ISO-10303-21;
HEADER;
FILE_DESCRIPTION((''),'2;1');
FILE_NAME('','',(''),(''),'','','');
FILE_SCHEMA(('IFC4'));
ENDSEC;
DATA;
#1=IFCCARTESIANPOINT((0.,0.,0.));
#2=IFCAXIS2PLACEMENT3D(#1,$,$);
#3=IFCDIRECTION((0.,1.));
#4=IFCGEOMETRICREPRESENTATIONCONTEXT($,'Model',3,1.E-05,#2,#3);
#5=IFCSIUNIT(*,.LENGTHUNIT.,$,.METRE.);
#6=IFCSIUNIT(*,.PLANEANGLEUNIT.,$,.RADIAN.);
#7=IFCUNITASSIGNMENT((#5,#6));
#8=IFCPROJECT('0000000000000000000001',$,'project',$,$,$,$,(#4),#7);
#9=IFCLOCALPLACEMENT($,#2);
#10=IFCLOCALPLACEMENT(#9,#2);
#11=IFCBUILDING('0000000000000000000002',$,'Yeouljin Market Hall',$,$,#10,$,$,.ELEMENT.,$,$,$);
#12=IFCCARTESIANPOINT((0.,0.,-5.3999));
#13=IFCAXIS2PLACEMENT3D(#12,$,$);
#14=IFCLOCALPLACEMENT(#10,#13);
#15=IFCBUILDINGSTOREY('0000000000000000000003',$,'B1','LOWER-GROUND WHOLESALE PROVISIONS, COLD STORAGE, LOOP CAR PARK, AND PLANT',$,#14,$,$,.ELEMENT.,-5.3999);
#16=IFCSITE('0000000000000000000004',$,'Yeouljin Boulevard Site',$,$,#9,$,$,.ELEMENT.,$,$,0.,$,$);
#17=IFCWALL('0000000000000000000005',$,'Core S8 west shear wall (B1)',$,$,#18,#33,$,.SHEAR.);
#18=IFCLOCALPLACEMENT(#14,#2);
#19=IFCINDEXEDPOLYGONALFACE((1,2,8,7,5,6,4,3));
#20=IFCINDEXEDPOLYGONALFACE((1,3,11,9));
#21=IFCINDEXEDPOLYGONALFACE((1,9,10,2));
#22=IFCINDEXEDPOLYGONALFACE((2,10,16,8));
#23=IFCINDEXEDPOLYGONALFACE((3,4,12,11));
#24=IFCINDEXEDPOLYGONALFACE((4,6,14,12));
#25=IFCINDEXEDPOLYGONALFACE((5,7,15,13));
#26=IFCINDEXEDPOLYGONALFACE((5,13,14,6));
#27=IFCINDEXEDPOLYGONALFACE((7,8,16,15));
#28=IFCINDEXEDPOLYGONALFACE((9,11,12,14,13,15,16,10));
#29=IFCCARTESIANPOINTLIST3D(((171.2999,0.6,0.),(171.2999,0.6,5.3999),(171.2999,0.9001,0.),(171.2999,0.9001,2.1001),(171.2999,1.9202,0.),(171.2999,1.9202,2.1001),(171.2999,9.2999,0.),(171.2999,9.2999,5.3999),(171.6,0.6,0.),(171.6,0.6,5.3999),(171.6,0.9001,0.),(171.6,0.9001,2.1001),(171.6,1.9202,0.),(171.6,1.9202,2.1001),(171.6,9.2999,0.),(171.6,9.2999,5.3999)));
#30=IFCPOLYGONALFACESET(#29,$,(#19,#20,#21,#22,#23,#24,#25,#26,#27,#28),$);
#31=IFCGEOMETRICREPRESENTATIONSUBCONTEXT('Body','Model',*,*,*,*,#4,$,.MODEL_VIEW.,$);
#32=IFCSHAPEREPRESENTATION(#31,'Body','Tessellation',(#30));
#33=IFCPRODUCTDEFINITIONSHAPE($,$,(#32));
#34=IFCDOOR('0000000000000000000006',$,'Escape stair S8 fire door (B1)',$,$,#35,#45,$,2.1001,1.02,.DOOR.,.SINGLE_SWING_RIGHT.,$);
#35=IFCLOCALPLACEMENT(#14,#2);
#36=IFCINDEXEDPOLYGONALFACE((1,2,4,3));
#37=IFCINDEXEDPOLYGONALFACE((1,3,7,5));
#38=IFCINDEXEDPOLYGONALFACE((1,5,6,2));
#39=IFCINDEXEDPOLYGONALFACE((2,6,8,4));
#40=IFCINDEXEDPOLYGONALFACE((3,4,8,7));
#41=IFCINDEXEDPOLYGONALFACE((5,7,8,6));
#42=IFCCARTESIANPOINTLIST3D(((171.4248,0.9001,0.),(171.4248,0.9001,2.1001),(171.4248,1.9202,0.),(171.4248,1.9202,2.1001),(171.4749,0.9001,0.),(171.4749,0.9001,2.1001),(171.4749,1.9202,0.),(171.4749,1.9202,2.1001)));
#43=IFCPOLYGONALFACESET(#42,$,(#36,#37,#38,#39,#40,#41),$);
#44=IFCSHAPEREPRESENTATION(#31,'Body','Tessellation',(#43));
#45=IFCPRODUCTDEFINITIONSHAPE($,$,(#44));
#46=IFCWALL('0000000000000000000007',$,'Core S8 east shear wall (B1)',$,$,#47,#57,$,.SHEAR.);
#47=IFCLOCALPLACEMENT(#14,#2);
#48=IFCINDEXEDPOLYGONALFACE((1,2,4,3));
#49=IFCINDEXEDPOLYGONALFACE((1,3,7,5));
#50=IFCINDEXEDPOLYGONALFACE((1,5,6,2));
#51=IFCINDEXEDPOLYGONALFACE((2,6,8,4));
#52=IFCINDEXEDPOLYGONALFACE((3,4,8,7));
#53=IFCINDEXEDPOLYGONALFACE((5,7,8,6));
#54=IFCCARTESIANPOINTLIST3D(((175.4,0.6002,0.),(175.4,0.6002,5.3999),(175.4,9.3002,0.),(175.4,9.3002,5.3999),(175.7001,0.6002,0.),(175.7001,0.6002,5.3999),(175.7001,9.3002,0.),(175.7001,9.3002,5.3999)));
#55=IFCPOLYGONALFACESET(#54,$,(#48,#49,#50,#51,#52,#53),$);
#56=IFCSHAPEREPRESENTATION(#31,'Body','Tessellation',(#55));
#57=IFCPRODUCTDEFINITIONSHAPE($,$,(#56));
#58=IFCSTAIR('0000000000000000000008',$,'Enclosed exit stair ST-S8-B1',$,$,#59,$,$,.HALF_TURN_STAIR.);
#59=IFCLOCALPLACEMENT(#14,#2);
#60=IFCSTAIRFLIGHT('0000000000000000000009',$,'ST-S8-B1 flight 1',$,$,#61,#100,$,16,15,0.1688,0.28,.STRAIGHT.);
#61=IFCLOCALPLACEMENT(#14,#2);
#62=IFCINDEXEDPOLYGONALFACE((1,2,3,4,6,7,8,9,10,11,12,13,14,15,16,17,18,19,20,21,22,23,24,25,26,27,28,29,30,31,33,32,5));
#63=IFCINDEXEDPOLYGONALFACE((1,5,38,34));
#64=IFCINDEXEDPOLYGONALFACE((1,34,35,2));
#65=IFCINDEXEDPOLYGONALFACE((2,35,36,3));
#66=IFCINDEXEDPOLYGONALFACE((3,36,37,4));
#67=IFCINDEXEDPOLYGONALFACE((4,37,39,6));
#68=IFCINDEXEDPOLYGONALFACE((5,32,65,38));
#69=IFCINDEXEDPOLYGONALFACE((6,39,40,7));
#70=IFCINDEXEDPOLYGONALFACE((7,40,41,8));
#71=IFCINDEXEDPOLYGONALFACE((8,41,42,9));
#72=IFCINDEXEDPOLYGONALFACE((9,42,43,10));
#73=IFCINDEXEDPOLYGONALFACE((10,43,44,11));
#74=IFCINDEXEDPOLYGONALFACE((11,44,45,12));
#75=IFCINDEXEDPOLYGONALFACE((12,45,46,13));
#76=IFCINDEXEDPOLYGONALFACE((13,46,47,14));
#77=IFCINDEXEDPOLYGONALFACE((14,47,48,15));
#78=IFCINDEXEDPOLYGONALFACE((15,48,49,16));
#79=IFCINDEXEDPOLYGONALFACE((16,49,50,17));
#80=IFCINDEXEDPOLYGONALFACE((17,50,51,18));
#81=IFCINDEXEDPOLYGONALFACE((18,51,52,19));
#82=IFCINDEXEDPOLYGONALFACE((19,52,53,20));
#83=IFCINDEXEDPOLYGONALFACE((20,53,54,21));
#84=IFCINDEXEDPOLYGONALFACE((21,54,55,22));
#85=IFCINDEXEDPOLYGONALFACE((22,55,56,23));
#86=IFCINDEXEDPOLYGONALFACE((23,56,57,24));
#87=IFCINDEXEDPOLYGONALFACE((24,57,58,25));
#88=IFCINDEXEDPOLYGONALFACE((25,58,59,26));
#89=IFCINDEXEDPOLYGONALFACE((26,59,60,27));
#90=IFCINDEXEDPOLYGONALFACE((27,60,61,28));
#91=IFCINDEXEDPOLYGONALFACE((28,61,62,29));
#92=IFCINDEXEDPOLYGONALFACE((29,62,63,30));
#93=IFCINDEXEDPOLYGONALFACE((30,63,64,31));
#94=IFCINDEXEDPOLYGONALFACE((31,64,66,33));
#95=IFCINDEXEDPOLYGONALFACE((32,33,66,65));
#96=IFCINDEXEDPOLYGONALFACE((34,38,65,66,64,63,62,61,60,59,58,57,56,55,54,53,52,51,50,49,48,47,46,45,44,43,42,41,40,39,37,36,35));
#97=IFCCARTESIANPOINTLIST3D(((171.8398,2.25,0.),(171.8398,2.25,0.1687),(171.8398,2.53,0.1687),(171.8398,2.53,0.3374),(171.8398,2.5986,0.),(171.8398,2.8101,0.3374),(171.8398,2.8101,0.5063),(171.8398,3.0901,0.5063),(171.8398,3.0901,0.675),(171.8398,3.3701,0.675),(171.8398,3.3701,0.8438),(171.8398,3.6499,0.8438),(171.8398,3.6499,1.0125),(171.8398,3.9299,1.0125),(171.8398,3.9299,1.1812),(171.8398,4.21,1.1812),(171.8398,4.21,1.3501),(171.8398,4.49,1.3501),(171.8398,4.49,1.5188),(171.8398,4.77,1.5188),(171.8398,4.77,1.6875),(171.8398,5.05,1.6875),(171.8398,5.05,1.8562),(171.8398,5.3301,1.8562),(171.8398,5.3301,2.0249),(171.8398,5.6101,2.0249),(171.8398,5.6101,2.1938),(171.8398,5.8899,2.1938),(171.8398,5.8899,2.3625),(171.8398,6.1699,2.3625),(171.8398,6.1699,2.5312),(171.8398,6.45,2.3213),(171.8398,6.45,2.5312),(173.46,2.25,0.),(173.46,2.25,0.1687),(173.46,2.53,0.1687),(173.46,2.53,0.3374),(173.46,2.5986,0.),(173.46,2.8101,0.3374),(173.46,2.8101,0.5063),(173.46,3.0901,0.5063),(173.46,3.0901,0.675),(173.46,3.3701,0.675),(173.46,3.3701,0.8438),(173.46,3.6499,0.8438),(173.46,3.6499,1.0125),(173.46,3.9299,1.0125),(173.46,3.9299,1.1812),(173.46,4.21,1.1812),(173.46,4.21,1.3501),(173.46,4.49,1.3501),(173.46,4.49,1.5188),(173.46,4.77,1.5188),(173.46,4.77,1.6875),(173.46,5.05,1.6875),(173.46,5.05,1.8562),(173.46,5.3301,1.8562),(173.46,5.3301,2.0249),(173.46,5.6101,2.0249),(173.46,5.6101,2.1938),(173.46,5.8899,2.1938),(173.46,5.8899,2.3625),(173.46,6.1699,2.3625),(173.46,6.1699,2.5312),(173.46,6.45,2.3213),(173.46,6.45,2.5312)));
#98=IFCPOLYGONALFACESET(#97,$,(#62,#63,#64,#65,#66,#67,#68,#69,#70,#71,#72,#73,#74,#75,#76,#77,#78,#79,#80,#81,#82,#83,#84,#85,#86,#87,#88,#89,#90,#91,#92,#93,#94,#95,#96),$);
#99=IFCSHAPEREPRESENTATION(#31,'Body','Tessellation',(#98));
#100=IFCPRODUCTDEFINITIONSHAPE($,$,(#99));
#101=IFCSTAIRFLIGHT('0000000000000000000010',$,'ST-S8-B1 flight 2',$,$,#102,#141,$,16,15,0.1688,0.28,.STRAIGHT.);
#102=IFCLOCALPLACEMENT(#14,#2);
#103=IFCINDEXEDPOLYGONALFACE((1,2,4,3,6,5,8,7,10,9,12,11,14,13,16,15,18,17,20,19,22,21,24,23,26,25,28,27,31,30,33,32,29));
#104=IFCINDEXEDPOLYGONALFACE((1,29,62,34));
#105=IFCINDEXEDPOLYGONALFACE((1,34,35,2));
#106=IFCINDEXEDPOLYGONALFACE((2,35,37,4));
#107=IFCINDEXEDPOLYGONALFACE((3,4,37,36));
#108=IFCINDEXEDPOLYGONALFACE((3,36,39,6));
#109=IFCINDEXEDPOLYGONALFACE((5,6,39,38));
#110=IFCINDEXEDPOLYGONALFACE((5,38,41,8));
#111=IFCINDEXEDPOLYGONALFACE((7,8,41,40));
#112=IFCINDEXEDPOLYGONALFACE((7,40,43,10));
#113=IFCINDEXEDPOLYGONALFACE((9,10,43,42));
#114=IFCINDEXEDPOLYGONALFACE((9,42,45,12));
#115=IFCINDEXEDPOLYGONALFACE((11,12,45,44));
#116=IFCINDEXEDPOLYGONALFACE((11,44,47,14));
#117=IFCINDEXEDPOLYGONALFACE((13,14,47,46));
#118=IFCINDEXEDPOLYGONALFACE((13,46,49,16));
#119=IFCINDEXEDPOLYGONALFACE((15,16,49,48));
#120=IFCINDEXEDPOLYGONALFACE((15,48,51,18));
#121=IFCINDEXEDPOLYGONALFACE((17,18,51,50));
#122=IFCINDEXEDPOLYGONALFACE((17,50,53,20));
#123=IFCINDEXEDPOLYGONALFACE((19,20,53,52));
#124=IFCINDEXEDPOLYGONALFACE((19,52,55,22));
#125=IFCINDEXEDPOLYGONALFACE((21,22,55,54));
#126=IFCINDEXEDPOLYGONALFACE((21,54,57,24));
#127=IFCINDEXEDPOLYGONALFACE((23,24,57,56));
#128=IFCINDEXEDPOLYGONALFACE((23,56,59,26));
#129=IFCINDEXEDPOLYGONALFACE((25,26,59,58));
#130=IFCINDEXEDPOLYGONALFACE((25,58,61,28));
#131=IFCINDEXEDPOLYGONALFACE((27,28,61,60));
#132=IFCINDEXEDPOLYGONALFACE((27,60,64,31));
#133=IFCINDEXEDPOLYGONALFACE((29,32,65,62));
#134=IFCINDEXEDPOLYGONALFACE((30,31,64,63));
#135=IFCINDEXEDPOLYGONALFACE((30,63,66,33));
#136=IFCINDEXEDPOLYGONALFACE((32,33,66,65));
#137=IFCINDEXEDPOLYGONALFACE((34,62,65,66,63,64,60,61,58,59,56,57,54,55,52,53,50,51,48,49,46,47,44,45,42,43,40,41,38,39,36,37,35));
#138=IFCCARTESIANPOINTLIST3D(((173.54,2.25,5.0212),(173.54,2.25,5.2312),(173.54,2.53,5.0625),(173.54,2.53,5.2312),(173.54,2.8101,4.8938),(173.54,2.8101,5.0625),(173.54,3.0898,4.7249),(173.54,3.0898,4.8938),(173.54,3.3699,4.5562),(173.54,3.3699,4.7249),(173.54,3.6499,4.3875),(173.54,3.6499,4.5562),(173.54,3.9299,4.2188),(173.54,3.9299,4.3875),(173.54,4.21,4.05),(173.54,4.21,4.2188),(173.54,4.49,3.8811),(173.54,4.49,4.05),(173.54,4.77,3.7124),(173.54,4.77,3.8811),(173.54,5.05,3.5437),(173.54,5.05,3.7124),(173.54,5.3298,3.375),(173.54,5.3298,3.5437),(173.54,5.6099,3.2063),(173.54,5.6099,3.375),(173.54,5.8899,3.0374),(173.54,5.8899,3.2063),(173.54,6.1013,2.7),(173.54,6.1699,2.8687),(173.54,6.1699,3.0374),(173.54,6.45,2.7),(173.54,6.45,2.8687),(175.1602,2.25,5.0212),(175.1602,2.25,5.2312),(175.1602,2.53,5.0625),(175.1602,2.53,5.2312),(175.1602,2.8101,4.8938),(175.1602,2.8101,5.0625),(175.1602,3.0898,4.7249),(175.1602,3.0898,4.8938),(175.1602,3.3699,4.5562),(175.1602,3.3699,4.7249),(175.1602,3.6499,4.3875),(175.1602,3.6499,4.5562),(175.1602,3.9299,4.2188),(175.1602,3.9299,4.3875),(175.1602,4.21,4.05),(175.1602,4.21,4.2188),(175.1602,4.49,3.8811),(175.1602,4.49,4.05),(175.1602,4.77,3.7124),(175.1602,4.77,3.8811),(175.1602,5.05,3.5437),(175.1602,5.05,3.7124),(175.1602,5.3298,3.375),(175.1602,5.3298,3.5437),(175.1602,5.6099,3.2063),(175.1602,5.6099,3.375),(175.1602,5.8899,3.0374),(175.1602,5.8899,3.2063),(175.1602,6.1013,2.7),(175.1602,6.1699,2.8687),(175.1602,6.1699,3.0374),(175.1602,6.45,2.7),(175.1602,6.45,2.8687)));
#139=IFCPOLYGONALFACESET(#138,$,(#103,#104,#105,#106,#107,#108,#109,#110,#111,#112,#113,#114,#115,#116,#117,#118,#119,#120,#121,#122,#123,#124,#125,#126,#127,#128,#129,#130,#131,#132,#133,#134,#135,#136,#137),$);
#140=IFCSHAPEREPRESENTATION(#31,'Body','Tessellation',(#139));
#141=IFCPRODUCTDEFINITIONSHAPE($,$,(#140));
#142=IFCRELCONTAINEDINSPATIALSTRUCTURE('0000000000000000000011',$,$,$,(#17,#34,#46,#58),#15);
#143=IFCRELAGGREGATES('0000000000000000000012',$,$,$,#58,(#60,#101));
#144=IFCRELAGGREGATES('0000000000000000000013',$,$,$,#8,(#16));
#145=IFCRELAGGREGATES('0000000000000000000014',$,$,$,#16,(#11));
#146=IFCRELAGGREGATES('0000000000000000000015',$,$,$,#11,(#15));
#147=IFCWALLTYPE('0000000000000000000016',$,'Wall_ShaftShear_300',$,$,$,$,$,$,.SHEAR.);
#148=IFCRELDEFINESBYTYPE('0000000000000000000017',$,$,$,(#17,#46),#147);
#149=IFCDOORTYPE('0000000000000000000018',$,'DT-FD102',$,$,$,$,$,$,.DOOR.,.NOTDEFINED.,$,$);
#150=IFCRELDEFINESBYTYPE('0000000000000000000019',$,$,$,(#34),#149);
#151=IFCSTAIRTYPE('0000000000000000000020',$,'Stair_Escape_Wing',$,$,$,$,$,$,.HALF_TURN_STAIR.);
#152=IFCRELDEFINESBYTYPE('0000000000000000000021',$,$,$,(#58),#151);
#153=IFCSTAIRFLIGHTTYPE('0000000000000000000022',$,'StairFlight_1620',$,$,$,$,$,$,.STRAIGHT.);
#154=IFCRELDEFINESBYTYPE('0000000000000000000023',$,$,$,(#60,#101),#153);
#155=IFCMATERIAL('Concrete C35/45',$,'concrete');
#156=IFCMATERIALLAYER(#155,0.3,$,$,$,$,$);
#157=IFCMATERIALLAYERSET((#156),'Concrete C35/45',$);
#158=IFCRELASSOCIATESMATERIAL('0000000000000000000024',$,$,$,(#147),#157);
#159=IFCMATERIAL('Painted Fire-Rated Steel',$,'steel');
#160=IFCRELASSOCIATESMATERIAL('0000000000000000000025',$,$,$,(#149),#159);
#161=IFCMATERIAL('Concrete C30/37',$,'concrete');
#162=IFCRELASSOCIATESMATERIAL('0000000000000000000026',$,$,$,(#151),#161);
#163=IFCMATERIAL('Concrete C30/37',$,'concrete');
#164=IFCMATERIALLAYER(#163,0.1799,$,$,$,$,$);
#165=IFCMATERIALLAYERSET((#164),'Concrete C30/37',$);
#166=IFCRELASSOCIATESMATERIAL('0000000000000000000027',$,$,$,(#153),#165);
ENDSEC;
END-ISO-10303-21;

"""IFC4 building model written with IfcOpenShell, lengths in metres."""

from ifc_helpers import new_model, si_unit, direction, frame, frame_2d, origin, place, context, subcontext, project, spatial, polyline, rectangle, outline, extrude, material, layer, layer_set, type_object, element, fill, aggregate, save


model = new_model("IFC4")

# Units and contexts
model_context = context("Model", 3, precision=1e-05, world=origin(), true_north=direction((0.0, 1.0)))
body_context = subcontext(model_context, "Body", "Model", "MODEL_VIEW")
ifc_project = project(units=[si_unit("LENGTHUNIT", "METRE"), si_unit("PLANEANGLEUNIT", "RADIAN")], contexts=[model_context])

# Site, building, storey
site_placement = place(None, origin())
site = spatial("IfcSite", under=ifc_project, at=site_placement, Name="Yeouljin Boulevard Site", CompositionType="ELEMENT", RefElevation=0.0)
building_placement = place(site_placement, origin())
building = spatial("IfcBuilding", under=site, at=building_placement, Name="Yeouljin Market Hall", CompositionType="ELEMENT")
storey_placement = place(building_placement, frame((0.0, 0.0, -5.3999)))
storey = spatial("IfcBuildingStorey", under=building, at=storey_placement, Name="B1", Description="LOWER-GROUND WHOLESALE PROVISIONS, COLD STORAGE, LOOP CAR PARK, AND PLANT", CompositionType="ELEMENT", Elevation=-5.3999)

# Shared definitions
ifc_material_1 = material(Name="Concrete C35/45", Category="concrete")
ifc_layer_1 = layer(ifc_material_1, 0.3)
ifc_layer_set_1 = layer_set([ifc_layer_1], Name="Concrete C35/45")
wall_type_1 = type_object("IfcWallType", Name="Wall_ShaftShear_300", PredefinedType="SHEAR", material=ifc_layer_set_1)

# Wall, opening, door
wall_1_placement = place(storey_placement, frame((171.45, 9.3, 0.0), z_axis=(0.0, 0.0, 1.0), x_axis=(0.0, -1.0, 0.0)))
wall_1 = element("IfcWall", 1, at=wall_1_placement, inside=storey, type_object=wall_type_1, Name="Core S8 west shear wall (B1)", PredefinedType="SHEAR", context=body_context, shape_type="SweptSolid", body=[
    extrude(rectangle(XDim=8.7, YDim=0.3, at=frame_2d((4.3501, 0.0))), origin(), (0.0, 0.0, 1.0), 5.3999),
])
opening_placement = place(wall_1_placement, frame((7.3799, 0.0, 0.0)))
opening = element("IfcOpeningElement", 2, at=opening_placement, cuts=wall_1, PredefinedType="OPENING", context=body_context, shape_type="SweptSolid", body=[
    extrude(rectangle(XDim=1.02, YDim=2.1001, at=frame_2d((0.51, 1.05))), frame((0.0, 0.1599, 0.0), z_axis=(0.0, -1.0, 0.0), x_axis=(1.0, 0.0, 0.0)), (0.0, 0.0, 1.0), 0.3201),
])
ifc_material_2 = material(Name="Painted Fire-Rated Steel", Category="steel")
door_type = type_object("IfcDoorType", Name="DT-FD102", OperationType="NOTDEFINED", PredefinedType="DOOR", material=ifc_material_2)
door_placement = place(opening_placement, origin())
door = element("IfcDoor", 3, at=door_placement, inside=storey, type_object=door_type, Name="Escape stair S8 fire door (B1)", OperationType="SINGLE_SWING_RIGHT", OverallHeight=2.1001, OverallWidth=1.02, PredefinedType="DOOR", context=body_context, shape_type="SweptSolid", body=[
    extrude(rectangle(XDim=1.02, YDim=2.1001, at=frame_2d((0.51, 1.05))), frame((0.0, 0.0249, 0.0), z_axis=(0.0, -1.0, 0.0), x_axis=(1.0, 0.0, 0.0)), (0.0, 0.0, 1.0), 0.05),
])
fill(opening, door)

# Wall
wall_2_placement = place(storey_placement, frame((175.55, 0.6001, 0.0), z_axis=(0.0, 0.0, 1.0), x_axis=(0.0, 1.0, 0.0)))
element("IfcWall", 4, at=wall_2_placement, inside=storey, type_object=wall_type_1, Name="Core S8 east shear wall (B1)", PredefinedType="SHEAR", context=body_context, shape_type="SweptSolid", body=[
    extrude(rectangle(XDim=8.7, YDim=0.3, at=frame_2d((4.3501, 0.0))), origin(), (0.0, 0.0, 1.0), 5.3999),
])

# Stair, stair flights
ifc_material_3 = material(Name="Concrete C30/37", Category="concrete")
stair_type = type_object("IfcStairType", Name="Stair_Escape_Wing", PredefinedType="HALF_TURN_STAIR", material=ifc_material_3)
stair_placement = place(storey_placement, origin())
stair = element("IfcStair", 5, at=stair_placement, inside=storey, type_object=stair_type, Name="Enclosed exit stair ST-S8-B1", PredefinedType="HALF_TURN_STAIR")
ifc_material_4 = material(Name="Concrete C30/37", Category="concrete")
ifc_layer_2 = layer(ifc_material_4, 0.1799)
ifc_layer_set_2 = layer_set([ifc_layer_2], Name="Concrete C30/37")
stair_flight_type = type_object("IfcStairFlightType", Name="StairFlight_1620", PredefinedType="STRAIGHT", material=ifc_layer_set_2)
stair_flight_1_placement = place(storey_placement, frame((172.6499, 2.25, 0.0), z_axis=(0.0, 0.0, 1.0), x_axis=(0.0, 1.0, 0.0)))
stair_flight_1 = element("IfcStairFlight", 6, at=stair_flight_1_placement, type_object=stair_flight_type, Name="ST-S8-B1 flight 1", NumberOfRisers=16, NumberOfTreads=15, PredefinedType="STRAIGHT", RiserHeight=0.1688, TreadLength=0.28, context=body_context, shape_type="SweptSolid", body=[
    extrude(outline(polyline([(0.0, 0.0), (0.0, 0.1687), (0.28, 0.1687), (0.28, 0.3374), (0.5601, 0.3374), (0.5601, 0.5063), (0.8401, 0.5063), (0.8401, 0.675), (1.1201, 0.675), (1.1201, 0.8438), (1.3999, 0.8438), (1.3999, 1.0125), (1.6799, 1.0125), (1.6799, 1.1812), (1.96, 1.1812), (1.96, 1.3501), (2.24, 1.3501), (2.24, 1.5188), (2.52, 1.5188), (2.52, 1.6875), (2.8, 1.6875), (2.8, 1.8562), (3.0801, 1.8562), (3.0801, 2.0249), (3.3601, 2.0249), (3.3601, 2.1938), (3.6399, 2.1938), (3.6399, 2.3625), (3.9199, 2.3625), (3.9199, 2.5312), (4.2, 2.5312), (4.2, 2.7), (4.2, 2.3213), (0.3486, 0.0), (0.0, 0.0)])), frame((0.0, 0.8101, 0.0), z_axis=(0.0, -1.0, 0.0), x_axis=(1.0, 0.0, 0.0)), (0.0, 0.0, 1.0), 1.6201),
])
stair_flight_2_placement = place(storey_placement, frame((174.3501, 6.45, 2.7), z_axis=(0.0, 0.0, 1.0), x_axis=(0.0, -1.0, 0.0)))
stair_flight_2 = element("IfcStairFlight", 7, at=stair_flight_2_placement, type_object=stair_flight_type, Name="ST-S8-B1 flight 2", NumberOfRisers=16, NumberOfTreads=15, PredefinedType="STRAIGHT", RiserHeight=0.1688, TreadLength=0.28, context=body_context, shape_type="SweptSolid", body=[
    extrude(outline(polyline([(0.0, 0.0), (0.0, 0.1687), (0.28, 0.1687), (0.28, 0.3374), (0.5601, 0.3374), (0.5601, 0.5063), (0.8401, 0.5063), (0.8401, 0.675), (1.1201, 0.675), (1.1201, 0.8438), (1.3999, 0.8438), (1.3999, 1.0125), (1.6799, 1.0125), (1.6799, 1.1812), (1.96, 1.1812), (1.96, 1.3501), (2.24, 1.3501), (2.24, 1.5188), (2.52, 1.5188), (2.52, 1.6875), (2.8, 1.6875), (2.8, 1.8562), (3.0801, 1.8562), (3.0801, 2.0249), (3.3601, 2.0249), (3.3601, 2.1938), (3.6399, 2.1938), (3.6399, 2.3625), (3.9199, 2.3625), (3.9199, 2.5312), (4.2, 2.5312), (4.2, 2.7), (4.2, 2.3213), (0.3486, 0.0), (0.0, 0.0)])), frame((0.0, 0.8101, 0.0), z_axis=(0.0, -1.0, 0.0), x_axis=(1.0, 0.0, 0.0)), (0.0, 0.0, 1.0), 1.6201),
])
aggregate(stair, [stair_flight_1, stair_flight_2])

save(model, "model.ifc")
